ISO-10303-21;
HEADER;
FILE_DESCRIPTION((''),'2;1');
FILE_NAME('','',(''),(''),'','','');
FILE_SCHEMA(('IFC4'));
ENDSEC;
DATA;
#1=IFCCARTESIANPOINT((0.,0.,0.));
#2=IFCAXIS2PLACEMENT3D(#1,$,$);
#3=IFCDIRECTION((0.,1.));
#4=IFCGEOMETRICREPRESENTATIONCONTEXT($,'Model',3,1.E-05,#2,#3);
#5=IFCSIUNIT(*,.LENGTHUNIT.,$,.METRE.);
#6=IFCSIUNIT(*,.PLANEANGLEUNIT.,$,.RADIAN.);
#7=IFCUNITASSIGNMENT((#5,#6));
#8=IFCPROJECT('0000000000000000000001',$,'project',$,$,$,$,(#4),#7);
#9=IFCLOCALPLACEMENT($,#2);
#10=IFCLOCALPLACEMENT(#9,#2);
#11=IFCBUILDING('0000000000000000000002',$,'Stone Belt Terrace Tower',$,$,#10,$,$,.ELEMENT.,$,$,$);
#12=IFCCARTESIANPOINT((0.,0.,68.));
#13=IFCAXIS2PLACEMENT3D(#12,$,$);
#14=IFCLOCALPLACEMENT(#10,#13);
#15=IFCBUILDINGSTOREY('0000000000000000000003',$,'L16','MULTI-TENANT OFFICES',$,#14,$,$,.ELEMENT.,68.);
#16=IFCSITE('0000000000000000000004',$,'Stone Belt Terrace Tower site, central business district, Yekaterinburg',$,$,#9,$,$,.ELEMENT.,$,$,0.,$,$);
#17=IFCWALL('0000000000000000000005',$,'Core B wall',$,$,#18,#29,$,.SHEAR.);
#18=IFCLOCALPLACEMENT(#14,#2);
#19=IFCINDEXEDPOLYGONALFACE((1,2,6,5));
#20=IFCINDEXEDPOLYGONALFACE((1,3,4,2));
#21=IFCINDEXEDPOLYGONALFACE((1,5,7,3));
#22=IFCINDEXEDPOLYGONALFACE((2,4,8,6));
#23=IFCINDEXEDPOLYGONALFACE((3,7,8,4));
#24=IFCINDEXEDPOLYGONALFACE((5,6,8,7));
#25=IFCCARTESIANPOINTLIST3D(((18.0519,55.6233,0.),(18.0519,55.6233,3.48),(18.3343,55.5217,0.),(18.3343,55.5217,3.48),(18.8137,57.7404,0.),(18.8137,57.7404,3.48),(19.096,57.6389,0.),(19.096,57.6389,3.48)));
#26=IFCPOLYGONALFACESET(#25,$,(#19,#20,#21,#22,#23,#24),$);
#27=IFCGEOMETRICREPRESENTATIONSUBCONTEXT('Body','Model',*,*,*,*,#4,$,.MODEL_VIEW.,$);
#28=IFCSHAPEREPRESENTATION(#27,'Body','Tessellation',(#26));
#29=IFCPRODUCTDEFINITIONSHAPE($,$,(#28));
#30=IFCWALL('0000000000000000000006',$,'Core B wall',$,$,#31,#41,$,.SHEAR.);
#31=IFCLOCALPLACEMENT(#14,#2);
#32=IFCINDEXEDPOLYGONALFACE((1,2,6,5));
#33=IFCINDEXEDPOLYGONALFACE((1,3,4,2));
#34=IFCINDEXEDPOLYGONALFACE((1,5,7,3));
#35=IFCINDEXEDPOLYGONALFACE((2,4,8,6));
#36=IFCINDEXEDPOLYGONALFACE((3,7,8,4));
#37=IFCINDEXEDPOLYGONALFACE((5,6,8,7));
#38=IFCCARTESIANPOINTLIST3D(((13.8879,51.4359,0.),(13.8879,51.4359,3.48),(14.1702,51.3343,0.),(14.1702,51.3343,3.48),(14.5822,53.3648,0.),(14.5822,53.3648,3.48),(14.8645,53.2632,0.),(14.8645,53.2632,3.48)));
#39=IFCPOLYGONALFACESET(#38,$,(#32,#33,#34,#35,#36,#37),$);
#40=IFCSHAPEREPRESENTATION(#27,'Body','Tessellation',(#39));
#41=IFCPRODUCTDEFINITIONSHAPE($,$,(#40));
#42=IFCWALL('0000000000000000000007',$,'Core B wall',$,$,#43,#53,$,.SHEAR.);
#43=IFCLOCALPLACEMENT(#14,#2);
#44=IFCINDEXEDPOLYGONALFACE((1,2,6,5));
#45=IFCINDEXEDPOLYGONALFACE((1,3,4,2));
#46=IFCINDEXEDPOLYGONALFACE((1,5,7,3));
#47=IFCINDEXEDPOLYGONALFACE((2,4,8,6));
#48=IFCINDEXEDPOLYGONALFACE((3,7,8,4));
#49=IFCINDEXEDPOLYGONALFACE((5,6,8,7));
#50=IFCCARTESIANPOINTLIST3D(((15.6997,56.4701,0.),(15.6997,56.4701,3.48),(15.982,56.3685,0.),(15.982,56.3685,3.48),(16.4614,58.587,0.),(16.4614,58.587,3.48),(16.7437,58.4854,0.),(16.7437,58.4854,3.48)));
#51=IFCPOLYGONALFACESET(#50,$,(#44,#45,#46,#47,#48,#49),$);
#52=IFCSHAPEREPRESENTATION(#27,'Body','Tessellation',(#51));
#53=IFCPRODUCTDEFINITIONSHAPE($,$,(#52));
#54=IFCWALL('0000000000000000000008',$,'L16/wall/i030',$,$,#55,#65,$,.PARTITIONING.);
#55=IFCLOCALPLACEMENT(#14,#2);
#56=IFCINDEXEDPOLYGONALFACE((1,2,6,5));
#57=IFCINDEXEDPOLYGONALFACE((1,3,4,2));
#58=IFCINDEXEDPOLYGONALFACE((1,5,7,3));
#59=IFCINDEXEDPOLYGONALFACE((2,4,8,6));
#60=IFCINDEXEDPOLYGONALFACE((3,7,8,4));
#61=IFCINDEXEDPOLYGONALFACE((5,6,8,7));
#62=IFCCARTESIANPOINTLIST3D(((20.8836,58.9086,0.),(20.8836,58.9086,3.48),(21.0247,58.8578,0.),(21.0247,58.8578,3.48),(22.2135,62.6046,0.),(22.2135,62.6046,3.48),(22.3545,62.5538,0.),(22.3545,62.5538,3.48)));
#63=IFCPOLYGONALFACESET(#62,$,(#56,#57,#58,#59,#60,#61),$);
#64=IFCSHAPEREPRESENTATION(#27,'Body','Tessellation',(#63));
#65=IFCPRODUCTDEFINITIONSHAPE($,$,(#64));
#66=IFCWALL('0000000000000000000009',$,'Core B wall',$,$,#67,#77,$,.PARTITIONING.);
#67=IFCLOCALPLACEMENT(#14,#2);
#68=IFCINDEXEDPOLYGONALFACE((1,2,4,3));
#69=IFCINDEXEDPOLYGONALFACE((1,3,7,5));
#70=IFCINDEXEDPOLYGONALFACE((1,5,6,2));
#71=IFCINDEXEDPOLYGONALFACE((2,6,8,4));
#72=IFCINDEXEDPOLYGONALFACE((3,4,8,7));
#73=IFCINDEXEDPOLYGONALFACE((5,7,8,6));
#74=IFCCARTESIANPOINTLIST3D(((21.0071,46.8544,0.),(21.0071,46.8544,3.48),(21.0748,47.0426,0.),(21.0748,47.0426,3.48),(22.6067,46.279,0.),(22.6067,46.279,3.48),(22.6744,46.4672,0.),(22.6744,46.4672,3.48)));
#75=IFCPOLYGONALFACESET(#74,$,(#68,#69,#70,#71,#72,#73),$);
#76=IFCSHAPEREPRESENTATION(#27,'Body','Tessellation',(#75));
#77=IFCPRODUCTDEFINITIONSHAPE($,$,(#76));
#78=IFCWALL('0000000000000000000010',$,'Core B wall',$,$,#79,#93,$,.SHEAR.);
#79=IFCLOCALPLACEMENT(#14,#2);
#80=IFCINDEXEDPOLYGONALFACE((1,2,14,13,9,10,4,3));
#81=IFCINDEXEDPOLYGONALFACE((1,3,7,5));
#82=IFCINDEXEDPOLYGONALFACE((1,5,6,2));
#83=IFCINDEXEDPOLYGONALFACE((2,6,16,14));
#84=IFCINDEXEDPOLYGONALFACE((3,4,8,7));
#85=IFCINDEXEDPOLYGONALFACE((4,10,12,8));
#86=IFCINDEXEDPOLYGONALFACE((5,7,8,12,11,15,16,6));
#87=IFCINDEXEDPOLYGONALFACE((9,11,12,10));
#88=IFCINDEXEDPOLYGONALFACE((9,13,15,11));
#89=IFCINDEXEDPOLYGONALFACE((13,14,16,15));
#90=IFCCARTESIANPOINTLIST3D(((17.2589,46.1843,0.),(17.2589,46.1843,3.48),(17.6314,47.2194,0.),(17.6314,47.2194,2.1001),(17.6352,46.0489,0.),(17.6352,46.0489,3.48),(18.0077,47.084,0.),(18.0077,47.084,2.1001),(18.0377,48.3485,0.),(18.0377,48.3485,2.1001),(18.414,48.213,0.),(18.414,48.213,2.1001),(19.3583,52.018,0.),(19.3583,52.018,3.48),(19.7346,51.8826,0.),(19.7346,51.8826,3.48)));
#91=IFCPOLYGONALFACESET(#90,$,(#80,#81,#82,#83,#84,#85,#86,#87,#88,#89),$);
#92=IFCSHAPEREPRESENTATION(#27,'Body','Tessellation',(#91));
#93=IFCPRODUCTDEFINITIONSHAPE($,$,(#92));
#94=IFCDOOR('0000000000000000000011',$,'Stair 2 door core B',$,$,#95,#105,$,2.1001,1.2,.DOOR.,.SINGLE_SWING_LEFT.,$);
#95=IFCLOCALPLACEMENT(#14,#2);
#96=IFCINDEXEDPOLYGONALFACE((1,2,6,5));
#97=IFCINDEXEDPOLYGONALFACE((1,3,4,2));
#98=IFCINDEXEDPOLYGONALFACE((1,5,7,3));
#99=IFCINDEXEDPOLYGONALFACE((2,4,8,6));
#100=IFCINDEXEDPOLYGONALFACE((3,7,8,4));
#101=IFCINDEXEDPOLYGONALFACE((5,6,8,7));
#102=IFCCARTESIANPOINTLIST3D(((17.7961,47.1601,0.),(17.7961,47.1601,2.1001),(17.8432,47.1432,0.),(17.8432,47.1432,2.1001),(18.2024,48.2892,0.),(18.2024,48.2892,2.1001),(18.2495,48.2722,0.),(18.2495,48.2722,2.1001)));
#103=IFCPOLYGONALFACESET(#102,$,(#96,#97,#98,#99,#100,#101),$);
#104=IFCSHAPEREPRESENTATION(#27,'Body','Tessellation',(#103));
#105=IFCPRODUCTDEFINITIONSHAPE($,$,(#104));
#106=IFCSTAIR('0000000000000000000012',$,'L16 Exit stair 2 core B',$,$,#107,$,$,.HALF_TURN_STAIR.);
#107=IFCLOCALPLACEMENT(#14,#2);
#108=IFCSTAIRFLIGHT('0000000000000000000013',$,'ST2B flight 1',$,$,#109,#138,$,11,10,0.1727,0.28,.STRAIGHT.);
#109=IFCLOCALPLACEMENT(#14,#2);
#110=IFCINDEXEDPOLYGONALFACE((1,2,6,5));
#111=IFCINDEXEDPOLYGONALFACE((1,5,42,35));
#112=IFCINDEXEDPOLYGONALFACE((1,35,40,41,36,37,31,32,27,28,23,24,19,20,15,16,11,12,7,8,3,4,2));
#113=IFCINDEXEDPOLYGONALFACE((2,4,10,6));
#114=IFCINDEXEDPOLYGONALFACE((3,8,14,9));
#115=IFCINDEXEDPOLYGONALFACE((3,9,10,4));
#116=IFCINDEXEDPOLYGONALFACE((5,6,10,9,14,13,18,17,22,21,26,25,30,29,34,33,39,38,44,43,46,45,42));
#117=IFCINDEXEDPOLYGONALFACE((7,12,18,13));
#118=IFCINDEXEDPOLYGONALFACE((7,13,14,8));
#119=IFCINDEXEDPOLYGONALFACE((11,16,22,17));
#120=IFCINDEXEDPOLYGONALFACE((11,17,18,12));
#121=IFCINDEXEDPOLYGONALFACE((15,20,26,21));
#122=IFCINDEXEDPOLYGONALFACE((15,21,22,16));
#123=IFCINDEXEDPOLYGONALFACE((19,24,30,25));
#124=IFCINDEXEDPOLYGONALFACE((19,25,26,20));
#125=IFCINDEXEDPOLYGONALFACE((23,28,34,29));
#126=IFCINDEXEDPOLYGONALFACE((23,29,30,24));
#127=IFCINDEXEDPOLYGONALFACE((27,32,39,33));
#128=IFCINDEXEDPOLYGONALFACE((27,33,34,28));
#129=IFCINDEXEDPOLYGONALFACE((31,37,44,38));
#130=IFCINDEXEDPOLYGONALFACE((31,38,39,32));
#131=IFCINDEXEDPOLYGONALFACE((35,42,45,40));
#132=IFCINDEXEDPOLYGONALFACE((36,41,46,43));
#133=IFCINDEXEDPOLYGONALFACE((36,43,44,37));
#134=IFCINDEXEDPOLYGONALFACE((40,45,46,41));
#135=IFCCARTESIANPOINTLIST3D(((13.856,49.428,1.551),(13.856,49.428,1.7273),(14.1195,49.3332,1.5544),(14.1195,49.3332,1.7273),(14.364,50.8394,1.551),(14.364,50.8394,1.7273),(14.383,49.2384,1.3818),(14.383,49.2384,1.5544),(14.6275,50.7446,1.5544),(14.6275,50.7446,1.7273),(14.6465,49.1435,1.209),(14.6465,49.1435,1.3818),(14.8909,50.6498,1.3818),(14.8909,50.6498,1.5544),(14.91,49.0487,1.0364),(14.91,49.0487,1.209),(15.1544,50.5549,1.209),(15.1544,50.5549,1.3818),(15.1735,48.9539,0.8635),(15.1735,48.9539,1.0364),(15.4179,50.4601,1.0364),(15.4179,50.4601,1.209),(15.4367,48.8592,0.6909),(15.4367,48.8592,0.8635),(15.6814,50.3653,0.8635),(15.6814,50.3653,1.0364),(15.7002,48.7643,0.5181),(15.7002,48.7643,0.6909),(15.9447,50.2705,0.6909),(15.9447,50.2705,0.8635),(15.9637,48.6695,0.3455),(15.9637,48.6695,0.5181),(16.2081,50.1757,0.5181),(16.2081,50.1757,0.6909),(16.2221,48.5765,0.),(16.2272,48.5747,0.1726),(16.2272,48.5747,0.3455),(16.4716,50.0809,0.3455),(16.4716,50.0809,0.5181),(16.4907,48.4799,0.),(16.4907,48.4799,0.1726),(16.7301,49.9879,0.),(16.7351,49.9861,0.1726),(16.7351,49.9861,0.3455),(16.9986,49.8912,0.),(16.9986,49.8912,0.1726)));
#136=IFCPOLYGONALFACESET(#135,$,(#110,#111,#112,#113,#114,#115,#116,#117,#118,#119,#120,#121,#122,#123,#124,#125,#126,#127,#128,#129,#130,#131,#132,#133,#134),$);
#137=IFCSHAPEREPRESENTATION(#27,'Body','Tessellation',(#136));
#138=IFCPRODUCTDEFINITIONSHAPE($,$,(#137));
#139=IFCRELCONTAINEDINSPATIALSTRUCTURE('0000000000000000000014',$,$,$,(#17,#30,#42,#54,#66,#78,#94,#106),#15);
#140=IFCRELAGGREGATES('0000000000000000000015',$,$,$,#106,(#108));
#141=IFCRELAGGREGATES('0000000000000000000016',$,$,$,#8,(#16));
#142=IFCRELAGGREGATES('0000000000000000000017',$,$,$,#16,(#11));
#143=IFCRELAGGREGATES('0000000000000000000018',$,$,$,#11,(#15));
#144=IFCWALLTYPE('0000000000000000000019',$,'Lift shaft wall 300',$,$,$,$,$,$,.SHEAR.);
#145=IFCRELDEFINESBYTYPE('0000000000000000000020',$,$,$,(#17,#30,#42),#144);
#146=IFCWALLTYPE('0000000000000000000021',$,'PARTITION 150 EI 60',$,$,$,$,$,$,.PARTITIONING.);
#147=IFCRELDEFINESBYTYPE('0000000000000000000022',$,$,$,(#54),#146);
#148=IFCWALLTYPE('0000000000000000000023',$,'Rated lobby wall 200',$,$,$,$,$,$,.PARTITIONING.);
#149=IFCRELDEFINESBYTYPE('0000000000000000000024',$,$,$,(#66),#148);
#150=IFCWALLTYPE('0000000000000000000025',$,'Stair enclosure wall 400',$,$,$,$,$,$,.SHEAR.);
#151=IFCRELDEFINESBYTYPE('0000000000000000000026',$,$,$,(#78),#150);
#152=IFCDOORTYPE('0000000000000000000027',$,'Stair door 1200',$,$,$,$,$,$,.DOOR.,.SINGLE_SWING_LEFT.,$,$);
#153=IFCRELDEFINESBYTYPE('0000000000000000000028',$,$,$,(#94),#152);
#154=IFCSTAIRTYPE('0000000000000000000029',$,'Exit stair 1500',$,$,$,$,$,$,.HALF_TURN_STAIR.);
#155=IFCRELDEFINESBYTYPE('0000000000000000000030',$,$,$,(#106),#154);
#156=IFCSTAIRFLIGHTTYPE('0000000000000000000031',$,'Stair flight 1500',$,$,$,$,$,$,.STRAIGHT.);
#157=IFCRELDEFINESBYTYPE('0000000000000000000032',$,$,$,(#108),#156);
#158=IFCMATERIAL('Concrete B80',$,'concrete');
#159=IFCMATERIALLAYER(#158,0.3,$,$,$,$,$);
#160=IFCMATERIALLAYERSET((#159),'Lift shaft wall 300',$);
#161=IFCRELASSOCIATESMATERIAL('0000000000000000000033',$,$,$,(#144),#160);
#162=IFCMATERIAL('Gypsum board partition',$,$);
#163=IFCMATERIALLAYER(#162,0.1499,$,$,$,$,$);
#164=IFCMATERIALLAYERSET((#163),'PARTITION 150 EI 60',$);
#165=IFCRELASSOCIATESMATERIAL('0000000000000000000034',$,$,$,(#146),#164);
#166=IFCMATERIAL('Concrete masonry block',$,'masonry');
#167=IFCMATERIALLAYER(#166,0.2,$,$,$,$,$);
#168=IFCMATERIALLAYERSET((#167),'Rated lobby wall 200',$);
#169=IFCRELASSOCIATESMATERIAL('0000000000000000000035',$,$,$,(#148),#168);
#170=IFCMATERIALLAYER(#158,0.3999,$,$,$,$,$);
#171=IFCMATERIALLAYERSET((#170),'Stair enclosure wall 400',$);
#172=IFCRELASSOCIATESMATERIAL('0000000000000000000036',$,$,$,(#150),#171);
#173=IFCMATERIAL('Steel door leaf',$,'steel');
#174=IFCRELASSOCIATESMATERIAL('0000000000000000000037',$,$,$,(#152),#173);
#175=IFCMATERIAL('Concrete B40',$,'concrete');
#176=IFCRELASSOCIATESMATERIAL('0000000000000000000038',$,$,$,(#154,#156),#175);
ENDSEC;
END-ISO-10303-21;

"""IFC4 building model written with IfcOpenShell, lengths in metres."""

from ifc_helpers import new_model, si_unit, direction, frame, frame_2d, origin, place, context, subcontext, project, spatial, polyline, rectangle, outline, extrude, material, layer, layer_set, type_object, element, fill, aggregate, save


model = new_model("IFC4")

# Units and contexts
model_context = context("Model", 3, precision=1e-05, world=origin(), true_north=direction((0.0, 1.0)))
body_context = subcontext(model_context, "Body", "Model", "MODEL_VIEW")
ifc_project = project(units=[si_unit("LENGTHUNIT", "METRE"), si_unit("PLANEANGLEUNIT", "RADIAN")], contexts=[model_context])

# Site, building, storey
site_placement = place(None, origin())
site = spatial("IfcSite", under=ifc_project, at=site_placement, Name="Stone Belt Terrace Tower site, central business district, Yekaterinburg", CompositionType="ELEMENT", RefElevation=0.0)
building_placement = place(site_placement, origin())
building = spatial("IfcBuilding", under=site, at=building_placement, Name="Stone Belt Terrace Tower", CompositionType="ELEMENT")
storey_placement = place(building_placement, frame((0.0, 0.0, 68.0)))
storey = spatial("IfcBuildingStorey", under=building, at=storey_placement, Name="L16", Description="MULTI-TENANT OFFICES", CompositionType="ELEMENT", Elevation=68.0)

# Shared definitions
ifc_material_1 = material(Name="Concrete B80", Category="concrete")

# Walls
ifc_layer_1 = layer(ifc_material_1, 0.3)
ifc_layer_set_1 = layer_set([ifc_layer_1], Name="Lift shaft wall 300")
wall_type_1 = type_object("IfcWallType", Name="Lift shaft wall 300", PredefinedType="SHEAR", material=ifc_layer_set_1)
wall_1_placement = place(storey_placement, frame((18.1931, 55.5725, 0.0), z_axis=(0.0, 0.0, 1.0), x_axis=(0.338535, 0.940954, 0.0)))
element("IfcWall", 1, at=wall_1_placement, inside=storey, type_object=wall_type_1, Name="Core B wall", PredefinedType="SHEAR", context=body_context, shape_type="SweptSolid", body=[
    extrude(rectangle(XDim=2.25, YDim=0.3, at=frame_2d((1.125, 0.0))), origin(), (0.0, 0.0, 1.0), 3.48),
])
wall_2_placement = place(storey_placement, frame((14.0291, 51.3853, 0.0), z_axis=(0.0, 0.0, 1.0), x_axis=(0.338682, 0.940901, 0.0)))
element("IfcWall", 2, at=wall_2_placement, inside=storey, type_object=wall_type_1, Name="Core B wall", PredefinedType="SHEAR", context=body_context, shape_type="SweptSolid", body=[
    extrude(rectangle(XDim=2.05, YDim=0.3, at=frame_2d((1.0249, 0.0))), origin(), (0.0, 0.0, 1.0), 3.48),
])
wall_3_placement = place(storey_placement, frame((15.8408, 56.4192, 0.0), z_axis=(0.0, 0.0, 1.0), x_axis=(0.33857, 0.940941, 0.0)))
element("IfcWall", 3, at=wall_3_placement, inside=storey, type_object=wall_type_1, Name="Core B wall", PredefinedType="SHEAR", context=body_context, shape_type="SweptSolid", body=[
    extrude(rectangle(XDim=2.2498, YDim=0.3, at=frame_2d((1.125, 0.0))), origin(), (0.0, 0.0, 1.0), 3.48),
])
ifc_material_2 = material(Name="Gypsum board partition")
ifc_layer_2 = layer(ifc_material_2, 0.1499)
ifc_layer_set_2 = layer_set([ifc_layer_2], Name="PARTITION 150 EI 60")
wall_type_2 = type_object("IfcWallType", Name="PARTITION 150 EI 60", PredefinedType="PARTITIONING", material=ifc_layer_set_2)
wall_4_placement = place(storey_placement, frame((22.2839, 62.5791, 0.0), z_axis=(0.0, 0.0, 1.0), x_axis=(-0.338552, -0.940948, 0.0)))
element("IfcWall", 4, at=wall_4_placement, inside=storey, type_object=wall_type_2, Name="L16/wall/i030", PredefinedType="PARTITIONING", context=body_context, shape_type="SweptSolid", body=[
    extrude(rectangle(XDim=3.928, YDim=0.1499, at=frame_2d((1.9639, 0.0))), origin(), (0.0, 0.0, 1.0), 3.48),
])
ifc_material_3 = material(Name="Concrete masonry block", Category="masonry")
ifc_layer_3 = layer(ifc_material_3, 0.2)
ifc_layer_set_3 = layer_set([ifc_layer_3], Name="Rated lobby wall 200")
wall_type_3 = type_object("IfcWallType", Name="Rated lobby wall 200", PredefinedType="PARTITIONING", material=ifc_layer_set_3)
wall_5_placement = place(storey_placement, frame((22.6406, 46.373, 0.0), z_axis=(0.0, 0.0, 1.0), x_axis=(-0.940966, 0.338501, 0.0)))
element("IfcWall", 5, at=wall_5_placement, inside=storey, type_object=wall_type_3, Name="Core B wall", PredefinedType="PARTITIONING", context=body_context, shape_type="SweptSolid", body=[
    extrude(rectangle(XDim=1.7, YDim=0.2, at=frame_2d((0.8501, 0.0))), origin(), (0.0, 0.0, 1.0), 3.48),
])

# Wall, opening, door
ifc_layer_4 = layer(ifc_material_1, 0.3999)
ifc_layer_set_4 = layer_set([ifc_layer_4], Name="Stair enclosure wall 400")
wall_type_4 = type_object("IfcWallType", Name="Stair enclosure wall 400", PredefinedType="SHEAR", material=ifc_layer_set_4)
wall_6_placement = place(storey_placement, frame((17.447, 46.1165, 0.0), z_axis=(0.0, 0.0, 1.0), x_axis=(0.338608, 0.940928, 0.0)))
wall_6 = element("IfcWall", 6, at=wall_6_placement, inside=storey, type_object=wall_type_4, Name="Core B wall", PredefinedType="SHEAR", context=body_context, shape_type="SweptSolid", body=[
    extrude(rectangle(XDim=6.2, YDim=0.3999, at=frame_2d((3.1001, 0.0))), origin(), (0.0, 0.0, 1.0), 3.48),
])
opening_1_placement = place(wall_6_placement, frame((1.1001, 0.0, 0.0)))
opening_1 = element("IfcOpeningElement", 7, at=opening_1_placement, cuts=wall_6, PredefinedType="OPENING", context=body_context, shape_type="SweptSolid", body=[
    extrude(rectangle(XDim=1.2, YDim=2.1001, at=frame_2d((0.6001, 1.05))), frame((0.0, 0.21, 0.0), z_axis=(0.0, -1.0, 0.0), x_axis=(1.0, 0.0, 0.0)), (0.0, 0.0, 1.0), 0.4199),
])
ifc_material_4 = material(Name="Steel door leaf", Category="steel")
door_type_1 = type_object("IfcDoorType", Name="Stair door 1200", OperationType="SINGLE_SWING_LEFT", PredefinedType="DOOR", material=ifc_material_4)
door_1_placement = place(opening_1_placement, origin())
door_1 = element("IfcDoor", 8, at=door_1_placement, inside=storey, type_object=door_type_1, Name="Stair 2 door core B", OperationType="SINGLE_SWING_LEFT", OverallHeight=2.1001, OverallWidth=1.2, PredefinedType="DOOR", context=body_context, shape_type="SweptSolid", body=[
    extrude(rectangle(XDim=1.2, YDim=2.1001, at=frame_2d((0.6001, 1.05))), frame((0.0, 0.0249, 0.0), z_axis=(0.0, -1.0, 0.0), x_axis=(1.0, 0.0, 0.0)), (0.0, 0.0, 1.0), 0.05),
])
fill(opening_1, door_1)

# Stair, stair flight
ifc_material_5 = material(Name="Concrete B40", Category="concrete")
stair_type = type_object("IfcStairType", Name="Exit stair 1500", PredefinedType="HALF_TURN_STAIR", material=ifc_material_5)
stair_placement = place(storey_placement, origin())
stair = element("IfcStair", 9, at=stair_placement, inside=storey, type_object=stair_type, Name="L16 Exit stair 2 core B", PredefinedType="HALF_TURN_STAIR")
stair_flight_type = type_object("IfcStairFlightType", Name="Stair flight 1500", PredefinedType="STRAIGHT", material=ifc_material_5)
stair_flight_placement = place(storey_placement, frame((16.7446, 49.1855, 0.0), z_axis=(0.0, 0.0, 1.0), x_axis=(-0.940922, 0.338624, 0.0)))
stair_flight = element("IfcStairFlight", 10, at=stair_flight_placement, type_object=stair_flight_type, Name="ST2B flight 1", NumberOfRisers=11, NumberOfTreads=10, PredefinedType="STRAIGHT", RiserHeight=0.1727, TreadLength=0.28, context=body_context, shape_type="SweptSolid", body=[
    extrude(outline(polyline([(0.0, 0.0), (0.0, 0.1726), (0.28, 0.1726), (0.28, 0.3455), (0.5601, 0.3455), (0.5601, 0.5181), (0.8401, 0.5181), (0.8401, 0.6909), (1.1201, 0.6909), (1.1201, 0.8635), (1.3999, 0.8635), (1.3999, 1.0364), (1.6799, 1.0364), (1.6799, 1.209), (1.96, 1.209), (1.96, 1.3818), (2.24, 1.3818), (2.24, 1.5544), (2.52, 1.5544), (2.52, 1.7273), (2.8, 1.7273), (2.8, 1.8999), (2.8, 1.551), (0.2854, 0.0), (0.0, 0.0)])), frame((0.0, 0.75, 0.0), z_axis=(0.0, -1.0, 0.0), x_axis=(1.0, 0.0, 0.0)), (0.0, 0.0, 1.0), 1.5),
])
aggregate(stair, [stair_flight])

save(model, "model.ifc")
